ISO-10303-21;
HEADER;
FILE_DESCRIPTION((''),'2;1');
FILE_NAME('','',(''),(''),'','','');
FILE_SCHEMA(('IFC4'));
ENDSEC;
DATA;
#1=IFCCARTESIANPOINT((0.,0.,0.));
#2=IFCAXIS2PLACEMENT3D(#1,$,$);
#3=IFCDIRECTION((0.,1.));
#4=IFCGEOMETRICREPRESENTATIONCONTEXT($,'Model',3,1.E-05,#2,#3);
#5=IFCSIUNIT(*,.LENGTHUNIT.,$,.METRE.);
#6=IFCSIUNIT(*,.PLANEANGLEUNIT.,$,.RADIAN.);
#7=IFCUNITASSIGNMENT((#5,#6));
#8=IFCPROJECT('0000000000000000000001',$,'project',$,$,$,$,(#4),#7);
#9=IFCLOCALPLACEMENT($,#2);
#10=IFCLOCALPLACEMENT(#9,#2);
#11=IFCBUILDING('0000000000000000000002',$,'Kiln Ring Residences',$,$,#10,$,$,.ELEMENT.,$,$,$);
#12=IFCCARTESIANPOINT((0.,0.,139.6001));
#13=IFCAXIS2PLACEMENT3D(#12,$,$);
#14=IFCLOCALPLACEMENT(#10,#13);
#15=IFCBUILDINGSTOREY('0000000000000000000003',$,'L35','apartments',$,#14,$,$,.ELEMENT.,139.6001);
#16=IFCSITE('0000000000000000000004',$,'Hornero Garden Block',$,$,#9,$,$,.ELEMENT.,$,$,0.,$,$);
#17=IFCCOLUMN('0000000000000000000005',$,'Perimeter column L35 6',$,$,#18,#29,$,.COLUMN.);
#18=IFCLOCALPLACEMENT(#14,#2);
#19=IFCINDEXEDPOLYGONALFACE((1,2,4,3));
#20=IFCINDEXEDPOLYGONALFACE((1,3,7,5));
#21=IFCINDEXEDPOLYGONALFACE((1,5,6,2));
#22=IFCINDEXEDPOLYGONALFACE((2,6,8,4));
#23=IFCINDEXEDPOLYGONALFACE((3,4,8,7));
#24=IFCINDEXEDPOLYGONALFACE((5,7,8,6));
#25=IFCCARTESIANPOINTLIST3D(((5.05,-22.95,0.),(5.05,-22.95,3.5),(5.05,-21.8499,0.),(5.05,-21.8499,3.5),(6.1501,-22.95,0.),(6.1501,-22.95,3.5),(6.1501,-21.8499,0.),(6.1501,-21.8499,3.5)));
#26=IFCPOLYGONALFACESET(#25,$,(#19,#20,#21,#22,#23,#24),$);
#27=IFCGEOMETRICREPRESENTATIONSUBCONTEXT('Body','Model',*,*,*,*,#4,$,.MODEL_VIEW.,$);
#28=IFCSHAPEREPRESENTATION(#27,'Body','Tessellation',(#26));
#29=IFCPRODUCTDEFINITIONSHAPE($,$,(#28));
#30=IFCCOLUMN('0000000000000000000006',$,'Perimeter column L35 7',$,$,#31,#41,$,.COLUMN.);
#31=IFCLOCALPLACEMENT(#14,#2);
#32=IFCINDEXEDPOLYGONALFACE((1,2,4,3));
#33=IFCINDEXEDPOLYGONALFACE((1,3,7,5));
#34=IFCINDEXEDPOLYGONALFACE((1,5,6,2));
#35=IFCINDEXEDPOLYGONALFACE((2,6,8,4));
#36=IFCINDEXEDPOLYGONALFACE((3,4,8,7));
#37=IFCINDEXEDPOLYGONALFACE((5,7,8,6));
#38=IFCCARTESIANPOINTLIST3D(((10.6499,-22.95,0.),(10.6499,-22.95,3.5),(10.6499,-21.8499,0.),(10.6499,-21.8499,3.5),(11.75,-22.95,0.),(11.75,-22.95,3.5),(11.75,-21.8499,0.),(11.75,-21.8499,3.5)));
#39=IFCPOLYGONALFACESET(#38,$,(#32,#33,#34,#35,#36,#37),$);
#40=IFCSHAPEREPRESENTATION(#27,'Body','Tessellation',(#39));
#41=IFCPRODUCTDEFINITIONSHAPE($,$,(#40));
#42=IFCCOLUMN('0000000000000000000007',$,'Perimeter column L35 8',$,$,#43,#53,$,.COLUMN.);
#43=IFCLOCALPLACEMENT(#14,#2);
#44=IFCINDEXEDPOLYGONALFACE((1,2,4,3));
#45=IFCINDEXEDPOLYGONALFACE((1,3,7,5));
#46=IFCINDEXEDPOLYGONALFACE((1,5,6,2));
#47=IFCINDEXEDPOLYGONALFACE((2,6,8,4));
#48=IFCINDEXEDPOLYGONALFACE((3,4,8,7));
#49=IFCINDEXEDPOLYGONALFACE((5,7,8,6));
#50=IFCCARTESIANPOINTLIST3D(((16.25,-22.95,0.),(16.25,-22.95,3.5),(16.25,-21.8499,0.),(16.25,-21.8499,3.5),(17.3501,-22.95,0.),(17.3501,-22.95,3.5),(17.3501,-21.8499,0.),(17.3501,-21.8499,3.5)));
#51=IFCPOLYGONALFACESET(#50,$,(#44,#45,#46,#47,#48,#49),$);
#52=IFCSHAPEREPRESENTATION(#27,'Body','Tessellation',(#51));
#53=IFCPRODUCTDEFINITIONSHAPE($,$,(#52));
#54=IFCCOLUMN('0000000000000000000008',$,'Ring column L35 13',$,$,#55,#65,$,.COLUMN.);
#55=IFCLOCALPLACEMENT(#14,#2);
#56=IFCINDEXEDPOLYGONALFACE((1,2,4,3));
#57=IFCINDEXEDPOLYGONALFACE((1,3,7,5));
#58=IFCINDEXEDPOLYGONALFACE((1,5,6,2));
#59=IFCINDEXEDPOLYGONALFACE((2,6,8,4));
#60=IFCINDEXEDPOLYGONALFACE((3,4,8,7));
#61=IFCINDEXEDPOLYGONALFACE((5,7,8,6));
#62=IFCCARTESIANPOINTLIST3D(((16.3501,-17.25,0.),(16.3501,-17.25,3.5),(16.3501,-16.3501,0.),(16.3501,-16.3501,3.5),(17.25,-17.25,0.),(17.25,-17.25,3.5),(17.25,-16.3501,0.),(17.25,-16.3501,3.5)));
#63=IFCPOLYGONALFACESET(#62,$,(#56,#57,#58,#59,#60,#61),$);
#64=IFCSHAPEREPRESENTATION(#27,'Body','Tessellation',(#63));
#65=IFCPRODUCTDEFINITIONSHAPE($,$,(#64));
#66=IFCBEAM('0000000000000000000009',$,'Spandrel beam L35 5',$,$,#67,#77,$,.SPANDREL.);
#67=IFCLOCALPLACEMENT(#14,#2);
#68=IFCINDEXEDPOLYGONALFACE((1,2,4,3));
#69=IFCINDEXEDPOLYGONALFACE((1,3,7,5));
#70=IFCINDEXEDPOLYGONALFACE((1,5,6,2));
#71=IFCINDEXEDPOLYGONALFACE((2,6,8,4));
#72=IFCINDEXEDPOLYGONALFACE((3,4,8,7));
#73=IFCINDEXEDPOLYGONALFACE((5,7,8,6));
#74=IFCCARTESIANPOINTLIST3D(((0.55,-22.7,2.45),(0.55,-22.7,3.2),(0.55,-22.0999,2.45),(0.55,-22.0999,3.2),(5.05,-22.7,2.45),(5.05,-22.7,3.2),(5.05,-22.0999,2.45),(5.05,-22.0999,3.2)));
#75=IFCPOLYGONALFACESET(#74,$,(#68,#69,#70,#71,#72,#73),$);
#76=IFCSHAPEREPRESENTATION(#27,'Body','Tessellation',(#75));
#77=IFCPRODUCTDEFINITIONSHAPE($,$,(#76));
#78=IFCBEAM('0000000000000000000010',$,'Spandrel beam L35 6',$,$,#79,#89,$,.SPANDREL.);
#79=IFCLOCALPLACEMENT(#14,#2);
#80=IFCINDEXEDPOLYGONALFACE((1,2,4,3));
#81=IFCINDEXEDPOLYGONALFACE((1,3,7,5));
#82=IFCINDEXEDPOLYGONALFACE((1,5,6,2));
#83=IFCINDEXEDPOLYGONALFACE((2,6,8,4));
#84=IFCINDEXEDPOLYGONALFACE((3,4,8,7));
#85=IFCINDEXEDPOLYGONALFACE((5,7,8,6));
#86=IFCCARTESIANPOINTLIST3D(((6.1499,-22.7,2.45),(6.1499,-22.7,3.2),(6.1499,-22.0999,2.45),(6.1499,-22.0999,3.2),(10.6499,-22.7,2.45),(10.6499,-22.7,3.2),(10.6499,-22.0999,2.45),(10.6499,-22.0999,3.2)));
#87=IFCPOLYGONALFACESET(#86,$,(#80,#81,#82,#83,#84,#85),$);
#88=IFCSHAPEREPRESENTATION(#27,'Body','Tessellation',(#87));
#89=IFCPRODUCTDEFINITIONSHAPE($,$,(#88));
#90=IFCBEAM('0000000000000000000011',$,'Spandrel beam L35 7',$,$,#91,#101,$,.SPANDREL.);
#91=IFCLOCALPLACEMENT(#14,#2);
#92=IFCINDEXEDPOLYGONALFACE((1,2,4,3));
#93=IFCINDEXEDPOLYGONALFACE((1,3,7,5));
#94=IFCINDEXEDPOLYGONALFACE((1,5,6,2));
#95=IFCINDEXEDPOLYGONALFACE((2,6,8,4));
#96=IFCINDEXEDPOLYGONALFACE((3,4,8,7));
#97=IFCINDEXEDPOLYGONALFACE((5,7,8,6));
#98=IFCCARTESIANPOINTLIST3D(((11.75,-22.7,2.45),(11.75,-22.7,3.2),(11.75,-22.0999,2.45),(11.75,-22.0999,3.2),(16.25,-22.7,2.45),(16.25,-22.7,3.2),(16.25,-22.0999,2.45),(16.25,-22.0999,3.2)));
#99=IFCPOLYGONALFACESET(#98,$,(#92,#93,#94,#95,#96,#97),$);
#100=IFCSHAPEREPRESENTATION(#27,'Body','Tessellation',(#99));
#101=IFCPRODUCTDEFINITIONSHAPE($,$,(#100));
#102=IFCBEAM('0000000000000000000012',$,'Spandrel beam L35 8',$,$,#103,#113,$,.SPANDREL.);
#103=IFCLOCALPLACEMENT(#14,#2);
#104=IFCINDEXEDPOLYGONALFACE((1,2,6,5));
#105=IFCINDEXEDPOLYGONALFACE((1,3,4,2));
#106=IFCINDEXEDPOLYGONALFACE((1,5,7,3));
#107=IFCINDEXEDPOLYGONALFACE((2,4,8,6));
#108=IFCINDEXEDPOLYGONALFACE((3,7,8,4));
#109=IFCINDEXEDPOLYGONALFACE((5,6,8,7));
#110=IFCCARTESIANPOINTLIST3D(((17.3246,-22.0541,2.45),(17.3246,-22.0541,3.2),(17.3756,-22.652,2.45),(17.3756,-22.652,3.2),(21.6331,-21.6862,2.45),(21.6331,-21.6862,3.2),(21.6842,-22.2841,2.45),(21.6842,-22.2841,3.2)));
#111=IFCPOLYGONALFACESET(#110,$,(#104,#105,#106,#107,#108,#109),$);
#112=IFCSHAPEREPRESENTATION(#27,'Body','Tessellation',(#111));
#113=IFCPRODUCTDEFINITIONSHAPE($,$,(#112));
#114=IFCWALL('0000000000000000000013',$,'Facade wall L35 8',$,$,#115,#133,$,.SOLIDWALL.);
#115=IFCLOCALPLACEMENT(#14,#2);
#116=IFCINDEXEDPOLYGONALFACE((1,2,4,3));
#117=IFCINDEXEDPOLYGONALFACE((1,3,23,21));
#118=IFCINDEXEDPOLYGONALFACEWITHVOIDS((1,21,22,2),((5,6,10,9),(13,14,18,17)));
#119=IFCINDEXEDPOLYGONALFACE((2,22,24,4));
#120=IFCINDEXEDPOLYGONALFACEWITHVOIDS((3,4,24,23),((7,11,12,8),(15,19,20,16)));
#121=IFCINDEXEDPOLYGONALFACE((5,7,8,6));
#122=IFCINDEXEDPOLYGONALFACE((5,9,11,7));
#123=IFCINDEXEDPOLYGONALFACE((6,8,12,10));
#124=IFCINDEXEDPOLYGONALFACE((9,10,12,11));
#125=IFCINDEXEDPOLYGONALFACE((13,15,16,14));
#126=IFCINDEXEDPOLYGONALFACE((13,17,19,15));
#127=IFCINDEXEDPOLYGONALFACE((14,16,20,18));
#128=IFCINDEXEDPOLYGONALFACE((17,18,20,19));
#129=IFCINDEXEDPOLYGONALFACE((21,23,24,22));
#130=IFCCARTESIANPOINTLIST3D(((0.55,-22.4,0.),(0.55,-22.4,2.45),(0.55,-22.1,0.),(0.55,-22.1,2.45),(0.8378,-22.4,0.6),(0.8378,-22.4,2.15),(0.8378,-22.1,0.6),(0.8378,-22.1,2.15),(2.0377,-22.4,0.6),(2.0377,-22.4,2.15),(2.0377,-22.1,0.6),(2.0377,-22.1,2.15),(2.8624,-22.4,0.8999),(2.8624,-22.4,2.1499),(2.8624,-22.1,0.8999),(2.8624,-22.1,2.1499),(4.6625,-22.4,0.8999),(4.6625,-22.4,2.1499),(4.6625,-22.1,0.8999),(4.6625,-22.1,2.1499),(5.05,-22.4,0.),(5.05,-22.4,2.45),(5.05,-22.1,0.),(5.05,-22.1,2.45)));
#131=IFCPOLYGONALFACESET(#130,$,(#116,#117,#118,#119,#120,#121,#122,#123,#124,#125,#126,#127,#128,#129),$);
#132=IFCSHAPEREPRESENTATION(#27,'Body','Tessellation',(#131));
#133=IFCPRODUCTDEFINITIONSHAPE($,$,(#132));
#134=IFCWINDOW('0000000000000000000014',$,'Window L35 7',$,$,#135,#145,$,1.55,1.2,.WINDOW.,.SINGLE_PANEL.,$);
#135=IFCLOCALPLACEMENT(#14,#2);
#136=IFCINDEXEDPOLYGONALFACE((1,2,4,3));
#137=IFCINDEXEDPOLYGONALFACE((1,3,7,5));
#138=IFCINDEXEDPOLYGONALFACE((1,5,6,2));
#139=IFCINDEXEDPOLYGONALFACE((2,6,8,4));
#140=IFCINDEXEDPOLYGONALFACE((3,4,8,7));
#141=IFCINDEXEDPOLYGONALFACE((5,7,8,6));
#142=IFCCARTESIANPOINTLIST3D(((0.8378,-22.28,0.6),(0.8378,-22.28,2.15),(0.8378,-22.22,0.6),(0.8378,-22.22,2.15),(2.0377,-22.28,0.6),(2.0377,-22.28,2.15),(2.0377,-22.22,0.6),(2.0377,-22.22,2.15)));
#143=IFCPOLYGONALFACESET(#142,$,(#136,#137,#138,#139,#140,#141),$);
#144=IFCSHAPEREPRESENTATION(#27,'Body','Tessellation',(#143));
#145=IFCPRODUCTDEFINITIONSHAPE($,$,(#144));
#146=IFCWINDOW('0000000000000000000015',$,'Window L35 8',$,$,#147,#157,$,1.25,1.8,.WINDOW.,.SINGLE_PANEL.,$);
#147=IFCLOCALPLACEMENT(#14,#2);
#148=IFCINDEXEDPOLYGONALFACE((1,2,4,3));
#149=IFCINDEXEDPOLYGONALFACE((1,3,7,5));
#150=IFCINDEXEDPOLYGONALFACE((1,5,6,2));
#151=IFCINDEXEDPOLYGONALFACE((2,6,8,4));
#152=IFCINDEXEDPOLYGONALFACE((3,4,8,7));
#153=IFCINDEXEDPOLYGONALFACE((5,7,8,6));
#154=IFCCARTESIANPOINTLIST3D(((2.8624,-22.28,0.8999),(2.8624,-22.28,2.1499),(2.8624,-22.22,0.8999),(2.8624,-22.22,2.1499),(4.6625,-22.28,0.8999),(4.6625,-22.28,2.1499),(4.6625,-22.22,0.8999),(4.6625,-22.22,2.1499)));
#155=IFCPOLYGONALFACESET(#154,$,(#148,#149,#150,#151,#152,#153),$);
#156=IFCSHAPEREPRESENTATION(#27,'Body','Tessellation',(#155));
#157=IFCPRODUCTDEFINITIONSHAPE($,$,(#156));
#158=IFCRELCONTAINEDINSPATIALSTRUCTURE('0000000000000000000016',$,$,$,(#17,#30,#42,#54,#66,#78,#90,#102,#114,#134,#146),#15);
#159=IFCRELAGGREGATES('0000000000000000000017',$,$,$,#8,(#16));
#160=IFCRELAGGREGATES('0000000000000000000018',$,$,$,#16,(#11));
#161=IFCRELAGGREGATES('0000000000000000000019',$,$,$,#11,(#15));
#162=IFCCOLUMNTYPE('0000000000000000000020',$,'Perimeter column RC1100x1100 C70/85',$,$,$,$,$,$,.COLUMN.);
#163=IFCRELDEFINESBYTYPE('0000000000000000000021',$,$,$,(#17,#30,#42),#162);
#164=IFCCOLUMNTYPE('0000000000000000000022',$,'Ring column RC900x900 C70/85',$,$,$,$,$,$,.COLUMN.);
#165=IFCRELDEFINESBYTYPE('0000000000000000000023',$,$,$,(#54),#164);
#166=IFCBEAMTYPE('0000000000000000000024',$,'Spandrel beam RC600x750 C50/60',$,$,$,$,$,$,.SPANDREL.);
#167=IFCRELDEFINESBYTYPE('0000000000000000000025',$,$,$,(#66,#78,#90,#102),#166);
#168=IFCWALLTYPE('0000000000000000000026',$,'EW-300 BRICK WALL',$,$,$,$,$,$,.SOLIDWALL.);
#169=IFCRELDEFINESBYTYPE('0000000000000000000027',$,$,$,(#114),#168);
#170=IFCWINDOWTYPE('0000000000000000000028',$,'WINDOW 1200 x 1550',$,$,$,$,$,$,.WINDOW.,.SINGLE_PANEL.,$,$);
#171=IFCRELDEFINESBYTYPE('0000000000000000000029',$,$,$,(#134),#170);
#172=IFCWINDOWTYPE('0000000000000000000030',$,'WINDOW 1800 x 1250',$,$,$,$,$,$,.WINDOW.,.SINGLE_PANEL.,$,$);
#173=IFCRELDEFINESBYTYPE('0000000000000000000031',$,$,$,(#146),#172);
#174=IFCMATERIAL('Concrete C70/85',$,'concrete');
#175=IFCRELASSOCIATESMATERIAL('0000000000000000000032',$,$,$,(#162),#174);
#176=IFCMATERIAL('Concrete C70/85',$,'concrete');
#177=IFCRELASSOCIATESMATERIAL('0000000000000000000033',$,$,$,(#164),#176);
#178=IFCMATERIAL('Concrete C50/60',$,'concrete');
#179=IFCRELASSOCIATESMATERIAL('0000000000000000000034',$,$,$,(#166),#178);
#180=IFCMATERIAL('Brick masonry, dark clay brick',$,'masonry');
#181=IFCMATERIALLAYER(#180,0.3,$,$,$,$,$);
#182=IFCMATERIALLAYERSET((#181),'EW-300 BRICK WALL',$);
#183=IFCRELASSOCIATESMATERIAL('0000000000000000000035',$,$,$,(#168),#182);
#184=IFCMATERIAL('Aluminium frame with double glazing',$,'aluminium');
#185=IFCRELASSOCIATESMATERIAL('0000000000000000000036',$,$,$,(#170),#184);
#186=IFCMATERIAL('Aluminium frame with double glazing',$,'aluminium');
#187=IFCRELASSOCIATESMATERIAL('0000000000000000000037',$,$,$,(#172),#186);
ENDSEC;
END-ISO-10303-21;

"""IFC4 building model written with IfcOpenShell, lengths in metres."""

from ifc_helpers import new_model, si_unit, direction, frame, frame_2d, origin, origin_2d, place, context, subcontext, project, spatial, rectangle, extrude, material, layer, layer_set, material_profile, profile_set, type_object, element, fill, save


model = new_model("IFC4")

# Units and contexts
model_context = context("Model", 3, precision=1e-05, world=origin(), true_north=direction((0.0, 1.0)))
body_context = subcontext(model_context, "Body", "Model", "MODEL_VIEW")
ifc_project = project(units=[si_unit("LENGTHUNIT", "METRE"), si_unit("PLANEANGLEUNIT", "RADIAN")], contexts=[model_context])

# Site, building, storey
site_placement = place(None, origin())
site = spatial("IfcSite", under=ifc_project, at=site_placement, Name="Hornero Garden Block", CompositionType="ELEMENT", RefElevation=0.0)
building_placement = place(site_placement, origin())
building = spatial("IfcBuilding", under=site, at=building_placement, Name="Kiln Ring Residences", CompositionType="ELEMENT")
storey_placement = place(building_placement, frame((0.0, 0.0, 139.6001)))
storey = spatial("IfcBuildingStorey", under=building, at=storey_placement, Name="L35", Description="apartments", CompositionType="ELEMENT", Elevation=139.6001)

# Columns
ifc_material_1 = material(Name="Concrete C70/85", Category="concrete")
ifc_material_profile_1 = material_profile(ifc_material_1, rectangle(XDim=1.1001, YDim=1.1001, at=origin_2d()), Name="RC1100x1100")
ifc_profile_set_1 = profile_set([ifc_material_profile_1], Name="Concrete C70/85")
column_type_1 = type_object("IfcColumnType", Name="Perimeter column RC1100x1100 C70/85", PredefinedType="COLUMN", material=ifc_profile_set_1)
for number, where, z_axis, x_axis, name in (
    (1, (5.6001, -22.3999, 0.0), (0.0, 0.0, 1.0), (1.0, 0.0, 0.0), "Perimeter column L35 6"),
    (2, (11.2, -22.3999, 0.0), (0.0, 0.0, 1.0), (1.0, 0.0, 0.0), "Perimeter column L35 7"),
    (3, (16.8, -22.3999, 0.0), (0.0, 0.0, 1.0), (1.0, 0.0, 0.0), "Perimeter column L35 8"),
):
    element("IfcColumn", number, at=place(storey_placement, frame(where, z_axis=z_axis, x_axis=x_axis)), inside=storey, type_object=column_type_1, Name=name, PredefinedType="COLUMN", context=body_context, shape_type="SweptSolid", body=[
        extrude(rectangle(XDim=1.1001, YDim=1.1001, at=origin_2d()), origin(), (0.0, 0.0, 1.0), 3.5),
    ])
ifc_material_2 = material(Name="Concrete C70/85", Category="concrete")
ifc_material_profile_2 = material_profile(ifc_material_2, rectangle(XDim=0.8999, YDim=0.8999, at=origin_2d()), Name="RC900x900")
ifc_profile_set_2 = profile_set([ifc_material_profile_2], Name="Concrete C70/85")
column_type_2 = type_object("IfcColumnType", Name="Ring column RC900x900 C70/85", PredefinedType="COLUMN", material=ifc_profile_set_2)
column_placement = place(storey_placement, frame((16.8, -16.8, 0.0), z_axis=(0.0, 0.0, 1.0), x_axis=(1.0, 0.0, 0.0)))
element("IfcColumn", 4, at=column_placement, inside=storey, type_object=column_type_2, Name="Ring column L35 13", PredefinedType="COLUMN", context=body_context, shape_type="SweptSolid", body=[
    extrude(rectangle(XDim=0.8999, YDim=0.8999, at=origin_2d()), origin(), (0.0, 0.0, 1.0), 3.5),
])

# Beams
ifc_material_3 = material(Name="Concrete C50/60", Category="concrete")
ifc_material_profile_3 = material_profile(ifc_material_3, rectangle(XDim=0.6001, YDim=0.75, at=origin_2d()), Name="RC600x750")
ifc_profile_set_3 = profile_set([ifc_material_profile_3], Name="Concrete C50/60")
beam_type = type_object("IfcBeamType", Name="Spandrel beam RC600x750 C50/60", PredefinedType="SPANDREL", material=ifc_profile_set_3)
for number, where, z_axis, x_axis, name in (
    (5, (0.55, -22.3999, 2.825), (1.0, 0.0, 0.0), (0.0, 1.0, 0.0), "Spandrel beam L35 5"),
    (6, (6.1499, -22.3999, 2.825), (1.0, 0.0, 0.0), (0.0, 1.0, 0.0), "Spandrel beam L35 6"),
    (7, (11.75, -22.3999, 2.825), (1.0, 0.0, 0.0), (0.0, 1.0, 0.0), "Spandrel beam L35 7"),
):
    element("IfcBeam", number, at=place(storey_placement, frame(where, z_axis=z_axis, x_axis=x_axis)), inside=storey, type_object=beam_type, Name=name, PredefinedType="SPANDREL", context=body_context, shape_type="SweptSolid", body=[
        extrude(rectangle(XDim=0.6001, YDim=0.75, at=origin_2d()), origin(), (0.0, 0.0, 1.0), 4.5),
    ])
beam_placement = place(storey_placement, frame((17.3501, -22.353, 2.825), z_axis=(0.996374, 0.085082, 0.0), x_axis=(-0.085082, 0.996374, 0.0)))
element("IfcBeam", 8, at=beam_placement, inside=storey, type_object=beam_type, Name="Spandrel beam L35 8", PredefinedType="SPANDREL", context=body_context, shape_type="SweptSolid", body=[
    extrude(rectangle(XDim=0.6001, YDim=0.75, at=origin_2d()), origin(), (0.0, 0.0, 1.0), 4.3242),
])

# Wall, openings, windows
ifc_material_4 = material(Name="Brick masonry, dark clay brick", Category="masonry")
ifc_layer_1 = layer(ifc_material_4, 0.3)
ifc_layer_set_1 = layer_set([ifc_layer_1], Name="EW-300 BRICK WALL")
wall_type_1 = type_object("IfcWallType", Name="EW-300 BRICK WALL", PredefinedType="SOLIDWALL", material=ifc_layer_set_1)
wall_1_placement = place(storey_placement, frame((0.55, -22.25, 0.0), z_axis=(0.0, 0.0, 1.0), x_axis=(1.0, 0.0, 0.0)))
wall_1 = element("IfcWall", 9, at=wall_1_placement, inside=storey, type_object=wall_type_1, Name="Facade wall L35 8", PredefinedType="SOLIDWALL", context=body_context, shape_type="SweptSolid", body=[
    extrude(rectangle(XDim=4.5, YDim=0.3, at=frame_2d((2.25, 0.0))), origin(), (0.0, 0.0, 1.0), 2.45),
])
opening_1_placement = place(wall_1_placement, frame((0.2876, 0.0, 0.6001)))
opening_1 = element("IfcOpeningElement", 10, at=opening_1_placement, cuts=wall_1, PredefinedType="OPENING", context=body_context, shape_type="SweptSolid", body=[
    extrude(rectangle(XDim=1.2, YDim=1.55, at=frame_2d((0.6001, 0.7749))), frame((0.0, 0.1599, 0.0), z_axis=(0.0, -1.0, 0.0), x_axis=(1.0, 0.0, 0.0)), (0.0, 0.0, 1.0), 0.3201),
])
opening_2_placement = place(wall_1_placement, frame((2.3125, 0.0, 0.8999)))
opening_2 = element("IfcOpeningElement", 11, at=opening_2_placement, cuts=wall_1, PredefinedType="OPENING", context=body_context, shape_type="SweptSolid", body=[
    extrude(rectangle(XDim=1.8, YDim=1.25, at=frame_2d((0.8999, 0.625))), frame((0.0, 0.1599, 0.0), z_axis=(0.0, -1.0, 0.0), x_axis=(1.0, 0.0, 0.0)), (0.0, 0.0, 1.0), 0.3201),
])
ifc_material_5 = material(Name="Aluminium frame with double glazing", Category="aluminium")
window_type_1 = type_object("IfcWindowType", Name="WINDOW 1200 x 1550", PartitioningType="SINGLE_PANEL", PredefinedType="WINDOW", material=ifc_material_5)
window_1_placement = place(opening_1_placement, origin())
window_1 = element("IfcWindow", 12, at=window_1_placement, inside=storey, type_object=window_type_1, Name="Window L35 7", OverallHeight=1.55, OverallWidth=1.2, PartitioningType="SINGLE_PANEL", PredefinedType="WINDOW", context=body_context, shape_type="SweptSolid", body=[
    extrude(rectangle(XDim=1.2, YDim=1.55, at=frame_2d((0.6001, 0.7749))), frame((0.0, 0.03, 0.0), z_axis=(0.0, -1.0, 0.0), x_axis=(1.0, 0.0, 0.0)), (0.0, 0.0, 1.0), 0.0601),
])
fill(opening_1, window_1)
ifc_material_6 = material(Name="Aluminium frame with double glazing", Category="aluminium")
window_type_2 = type_object("IfcWindowType", Name="WINDOW 1800 x 1250", PartitioningType="SINGLE_PANEL", PredefinedType="WINDOW", material=ifc_material_6)
window_2_placement = place(opening_2_placement, origin())
window_2 = element("IfcWindow", 13, at=window_2_placement, inside=storey, type_object=window_type_2, Name="Window L35 8", OverallHeight=1.25, OverallWidth=1.8, PartitioningType="SINGLE_PANEL", PredefinedType="WINDOW", context=body_context, shape_type="SweptSolid", body=[
    extrude(rectangle(XDim=1.8, YDim=1.25, at=frame_2d((0.8999, 0.625))), frame((0.0, 0.03, 0.0), z_axis=(0.0, -1.0, 0.0), x_axis=(1.0, 0.0, 0.0)), (0.0, 0.0, 1.0), 0.0601),
])
fill(opening_2, window_2)

save(model, "model.ifc")
